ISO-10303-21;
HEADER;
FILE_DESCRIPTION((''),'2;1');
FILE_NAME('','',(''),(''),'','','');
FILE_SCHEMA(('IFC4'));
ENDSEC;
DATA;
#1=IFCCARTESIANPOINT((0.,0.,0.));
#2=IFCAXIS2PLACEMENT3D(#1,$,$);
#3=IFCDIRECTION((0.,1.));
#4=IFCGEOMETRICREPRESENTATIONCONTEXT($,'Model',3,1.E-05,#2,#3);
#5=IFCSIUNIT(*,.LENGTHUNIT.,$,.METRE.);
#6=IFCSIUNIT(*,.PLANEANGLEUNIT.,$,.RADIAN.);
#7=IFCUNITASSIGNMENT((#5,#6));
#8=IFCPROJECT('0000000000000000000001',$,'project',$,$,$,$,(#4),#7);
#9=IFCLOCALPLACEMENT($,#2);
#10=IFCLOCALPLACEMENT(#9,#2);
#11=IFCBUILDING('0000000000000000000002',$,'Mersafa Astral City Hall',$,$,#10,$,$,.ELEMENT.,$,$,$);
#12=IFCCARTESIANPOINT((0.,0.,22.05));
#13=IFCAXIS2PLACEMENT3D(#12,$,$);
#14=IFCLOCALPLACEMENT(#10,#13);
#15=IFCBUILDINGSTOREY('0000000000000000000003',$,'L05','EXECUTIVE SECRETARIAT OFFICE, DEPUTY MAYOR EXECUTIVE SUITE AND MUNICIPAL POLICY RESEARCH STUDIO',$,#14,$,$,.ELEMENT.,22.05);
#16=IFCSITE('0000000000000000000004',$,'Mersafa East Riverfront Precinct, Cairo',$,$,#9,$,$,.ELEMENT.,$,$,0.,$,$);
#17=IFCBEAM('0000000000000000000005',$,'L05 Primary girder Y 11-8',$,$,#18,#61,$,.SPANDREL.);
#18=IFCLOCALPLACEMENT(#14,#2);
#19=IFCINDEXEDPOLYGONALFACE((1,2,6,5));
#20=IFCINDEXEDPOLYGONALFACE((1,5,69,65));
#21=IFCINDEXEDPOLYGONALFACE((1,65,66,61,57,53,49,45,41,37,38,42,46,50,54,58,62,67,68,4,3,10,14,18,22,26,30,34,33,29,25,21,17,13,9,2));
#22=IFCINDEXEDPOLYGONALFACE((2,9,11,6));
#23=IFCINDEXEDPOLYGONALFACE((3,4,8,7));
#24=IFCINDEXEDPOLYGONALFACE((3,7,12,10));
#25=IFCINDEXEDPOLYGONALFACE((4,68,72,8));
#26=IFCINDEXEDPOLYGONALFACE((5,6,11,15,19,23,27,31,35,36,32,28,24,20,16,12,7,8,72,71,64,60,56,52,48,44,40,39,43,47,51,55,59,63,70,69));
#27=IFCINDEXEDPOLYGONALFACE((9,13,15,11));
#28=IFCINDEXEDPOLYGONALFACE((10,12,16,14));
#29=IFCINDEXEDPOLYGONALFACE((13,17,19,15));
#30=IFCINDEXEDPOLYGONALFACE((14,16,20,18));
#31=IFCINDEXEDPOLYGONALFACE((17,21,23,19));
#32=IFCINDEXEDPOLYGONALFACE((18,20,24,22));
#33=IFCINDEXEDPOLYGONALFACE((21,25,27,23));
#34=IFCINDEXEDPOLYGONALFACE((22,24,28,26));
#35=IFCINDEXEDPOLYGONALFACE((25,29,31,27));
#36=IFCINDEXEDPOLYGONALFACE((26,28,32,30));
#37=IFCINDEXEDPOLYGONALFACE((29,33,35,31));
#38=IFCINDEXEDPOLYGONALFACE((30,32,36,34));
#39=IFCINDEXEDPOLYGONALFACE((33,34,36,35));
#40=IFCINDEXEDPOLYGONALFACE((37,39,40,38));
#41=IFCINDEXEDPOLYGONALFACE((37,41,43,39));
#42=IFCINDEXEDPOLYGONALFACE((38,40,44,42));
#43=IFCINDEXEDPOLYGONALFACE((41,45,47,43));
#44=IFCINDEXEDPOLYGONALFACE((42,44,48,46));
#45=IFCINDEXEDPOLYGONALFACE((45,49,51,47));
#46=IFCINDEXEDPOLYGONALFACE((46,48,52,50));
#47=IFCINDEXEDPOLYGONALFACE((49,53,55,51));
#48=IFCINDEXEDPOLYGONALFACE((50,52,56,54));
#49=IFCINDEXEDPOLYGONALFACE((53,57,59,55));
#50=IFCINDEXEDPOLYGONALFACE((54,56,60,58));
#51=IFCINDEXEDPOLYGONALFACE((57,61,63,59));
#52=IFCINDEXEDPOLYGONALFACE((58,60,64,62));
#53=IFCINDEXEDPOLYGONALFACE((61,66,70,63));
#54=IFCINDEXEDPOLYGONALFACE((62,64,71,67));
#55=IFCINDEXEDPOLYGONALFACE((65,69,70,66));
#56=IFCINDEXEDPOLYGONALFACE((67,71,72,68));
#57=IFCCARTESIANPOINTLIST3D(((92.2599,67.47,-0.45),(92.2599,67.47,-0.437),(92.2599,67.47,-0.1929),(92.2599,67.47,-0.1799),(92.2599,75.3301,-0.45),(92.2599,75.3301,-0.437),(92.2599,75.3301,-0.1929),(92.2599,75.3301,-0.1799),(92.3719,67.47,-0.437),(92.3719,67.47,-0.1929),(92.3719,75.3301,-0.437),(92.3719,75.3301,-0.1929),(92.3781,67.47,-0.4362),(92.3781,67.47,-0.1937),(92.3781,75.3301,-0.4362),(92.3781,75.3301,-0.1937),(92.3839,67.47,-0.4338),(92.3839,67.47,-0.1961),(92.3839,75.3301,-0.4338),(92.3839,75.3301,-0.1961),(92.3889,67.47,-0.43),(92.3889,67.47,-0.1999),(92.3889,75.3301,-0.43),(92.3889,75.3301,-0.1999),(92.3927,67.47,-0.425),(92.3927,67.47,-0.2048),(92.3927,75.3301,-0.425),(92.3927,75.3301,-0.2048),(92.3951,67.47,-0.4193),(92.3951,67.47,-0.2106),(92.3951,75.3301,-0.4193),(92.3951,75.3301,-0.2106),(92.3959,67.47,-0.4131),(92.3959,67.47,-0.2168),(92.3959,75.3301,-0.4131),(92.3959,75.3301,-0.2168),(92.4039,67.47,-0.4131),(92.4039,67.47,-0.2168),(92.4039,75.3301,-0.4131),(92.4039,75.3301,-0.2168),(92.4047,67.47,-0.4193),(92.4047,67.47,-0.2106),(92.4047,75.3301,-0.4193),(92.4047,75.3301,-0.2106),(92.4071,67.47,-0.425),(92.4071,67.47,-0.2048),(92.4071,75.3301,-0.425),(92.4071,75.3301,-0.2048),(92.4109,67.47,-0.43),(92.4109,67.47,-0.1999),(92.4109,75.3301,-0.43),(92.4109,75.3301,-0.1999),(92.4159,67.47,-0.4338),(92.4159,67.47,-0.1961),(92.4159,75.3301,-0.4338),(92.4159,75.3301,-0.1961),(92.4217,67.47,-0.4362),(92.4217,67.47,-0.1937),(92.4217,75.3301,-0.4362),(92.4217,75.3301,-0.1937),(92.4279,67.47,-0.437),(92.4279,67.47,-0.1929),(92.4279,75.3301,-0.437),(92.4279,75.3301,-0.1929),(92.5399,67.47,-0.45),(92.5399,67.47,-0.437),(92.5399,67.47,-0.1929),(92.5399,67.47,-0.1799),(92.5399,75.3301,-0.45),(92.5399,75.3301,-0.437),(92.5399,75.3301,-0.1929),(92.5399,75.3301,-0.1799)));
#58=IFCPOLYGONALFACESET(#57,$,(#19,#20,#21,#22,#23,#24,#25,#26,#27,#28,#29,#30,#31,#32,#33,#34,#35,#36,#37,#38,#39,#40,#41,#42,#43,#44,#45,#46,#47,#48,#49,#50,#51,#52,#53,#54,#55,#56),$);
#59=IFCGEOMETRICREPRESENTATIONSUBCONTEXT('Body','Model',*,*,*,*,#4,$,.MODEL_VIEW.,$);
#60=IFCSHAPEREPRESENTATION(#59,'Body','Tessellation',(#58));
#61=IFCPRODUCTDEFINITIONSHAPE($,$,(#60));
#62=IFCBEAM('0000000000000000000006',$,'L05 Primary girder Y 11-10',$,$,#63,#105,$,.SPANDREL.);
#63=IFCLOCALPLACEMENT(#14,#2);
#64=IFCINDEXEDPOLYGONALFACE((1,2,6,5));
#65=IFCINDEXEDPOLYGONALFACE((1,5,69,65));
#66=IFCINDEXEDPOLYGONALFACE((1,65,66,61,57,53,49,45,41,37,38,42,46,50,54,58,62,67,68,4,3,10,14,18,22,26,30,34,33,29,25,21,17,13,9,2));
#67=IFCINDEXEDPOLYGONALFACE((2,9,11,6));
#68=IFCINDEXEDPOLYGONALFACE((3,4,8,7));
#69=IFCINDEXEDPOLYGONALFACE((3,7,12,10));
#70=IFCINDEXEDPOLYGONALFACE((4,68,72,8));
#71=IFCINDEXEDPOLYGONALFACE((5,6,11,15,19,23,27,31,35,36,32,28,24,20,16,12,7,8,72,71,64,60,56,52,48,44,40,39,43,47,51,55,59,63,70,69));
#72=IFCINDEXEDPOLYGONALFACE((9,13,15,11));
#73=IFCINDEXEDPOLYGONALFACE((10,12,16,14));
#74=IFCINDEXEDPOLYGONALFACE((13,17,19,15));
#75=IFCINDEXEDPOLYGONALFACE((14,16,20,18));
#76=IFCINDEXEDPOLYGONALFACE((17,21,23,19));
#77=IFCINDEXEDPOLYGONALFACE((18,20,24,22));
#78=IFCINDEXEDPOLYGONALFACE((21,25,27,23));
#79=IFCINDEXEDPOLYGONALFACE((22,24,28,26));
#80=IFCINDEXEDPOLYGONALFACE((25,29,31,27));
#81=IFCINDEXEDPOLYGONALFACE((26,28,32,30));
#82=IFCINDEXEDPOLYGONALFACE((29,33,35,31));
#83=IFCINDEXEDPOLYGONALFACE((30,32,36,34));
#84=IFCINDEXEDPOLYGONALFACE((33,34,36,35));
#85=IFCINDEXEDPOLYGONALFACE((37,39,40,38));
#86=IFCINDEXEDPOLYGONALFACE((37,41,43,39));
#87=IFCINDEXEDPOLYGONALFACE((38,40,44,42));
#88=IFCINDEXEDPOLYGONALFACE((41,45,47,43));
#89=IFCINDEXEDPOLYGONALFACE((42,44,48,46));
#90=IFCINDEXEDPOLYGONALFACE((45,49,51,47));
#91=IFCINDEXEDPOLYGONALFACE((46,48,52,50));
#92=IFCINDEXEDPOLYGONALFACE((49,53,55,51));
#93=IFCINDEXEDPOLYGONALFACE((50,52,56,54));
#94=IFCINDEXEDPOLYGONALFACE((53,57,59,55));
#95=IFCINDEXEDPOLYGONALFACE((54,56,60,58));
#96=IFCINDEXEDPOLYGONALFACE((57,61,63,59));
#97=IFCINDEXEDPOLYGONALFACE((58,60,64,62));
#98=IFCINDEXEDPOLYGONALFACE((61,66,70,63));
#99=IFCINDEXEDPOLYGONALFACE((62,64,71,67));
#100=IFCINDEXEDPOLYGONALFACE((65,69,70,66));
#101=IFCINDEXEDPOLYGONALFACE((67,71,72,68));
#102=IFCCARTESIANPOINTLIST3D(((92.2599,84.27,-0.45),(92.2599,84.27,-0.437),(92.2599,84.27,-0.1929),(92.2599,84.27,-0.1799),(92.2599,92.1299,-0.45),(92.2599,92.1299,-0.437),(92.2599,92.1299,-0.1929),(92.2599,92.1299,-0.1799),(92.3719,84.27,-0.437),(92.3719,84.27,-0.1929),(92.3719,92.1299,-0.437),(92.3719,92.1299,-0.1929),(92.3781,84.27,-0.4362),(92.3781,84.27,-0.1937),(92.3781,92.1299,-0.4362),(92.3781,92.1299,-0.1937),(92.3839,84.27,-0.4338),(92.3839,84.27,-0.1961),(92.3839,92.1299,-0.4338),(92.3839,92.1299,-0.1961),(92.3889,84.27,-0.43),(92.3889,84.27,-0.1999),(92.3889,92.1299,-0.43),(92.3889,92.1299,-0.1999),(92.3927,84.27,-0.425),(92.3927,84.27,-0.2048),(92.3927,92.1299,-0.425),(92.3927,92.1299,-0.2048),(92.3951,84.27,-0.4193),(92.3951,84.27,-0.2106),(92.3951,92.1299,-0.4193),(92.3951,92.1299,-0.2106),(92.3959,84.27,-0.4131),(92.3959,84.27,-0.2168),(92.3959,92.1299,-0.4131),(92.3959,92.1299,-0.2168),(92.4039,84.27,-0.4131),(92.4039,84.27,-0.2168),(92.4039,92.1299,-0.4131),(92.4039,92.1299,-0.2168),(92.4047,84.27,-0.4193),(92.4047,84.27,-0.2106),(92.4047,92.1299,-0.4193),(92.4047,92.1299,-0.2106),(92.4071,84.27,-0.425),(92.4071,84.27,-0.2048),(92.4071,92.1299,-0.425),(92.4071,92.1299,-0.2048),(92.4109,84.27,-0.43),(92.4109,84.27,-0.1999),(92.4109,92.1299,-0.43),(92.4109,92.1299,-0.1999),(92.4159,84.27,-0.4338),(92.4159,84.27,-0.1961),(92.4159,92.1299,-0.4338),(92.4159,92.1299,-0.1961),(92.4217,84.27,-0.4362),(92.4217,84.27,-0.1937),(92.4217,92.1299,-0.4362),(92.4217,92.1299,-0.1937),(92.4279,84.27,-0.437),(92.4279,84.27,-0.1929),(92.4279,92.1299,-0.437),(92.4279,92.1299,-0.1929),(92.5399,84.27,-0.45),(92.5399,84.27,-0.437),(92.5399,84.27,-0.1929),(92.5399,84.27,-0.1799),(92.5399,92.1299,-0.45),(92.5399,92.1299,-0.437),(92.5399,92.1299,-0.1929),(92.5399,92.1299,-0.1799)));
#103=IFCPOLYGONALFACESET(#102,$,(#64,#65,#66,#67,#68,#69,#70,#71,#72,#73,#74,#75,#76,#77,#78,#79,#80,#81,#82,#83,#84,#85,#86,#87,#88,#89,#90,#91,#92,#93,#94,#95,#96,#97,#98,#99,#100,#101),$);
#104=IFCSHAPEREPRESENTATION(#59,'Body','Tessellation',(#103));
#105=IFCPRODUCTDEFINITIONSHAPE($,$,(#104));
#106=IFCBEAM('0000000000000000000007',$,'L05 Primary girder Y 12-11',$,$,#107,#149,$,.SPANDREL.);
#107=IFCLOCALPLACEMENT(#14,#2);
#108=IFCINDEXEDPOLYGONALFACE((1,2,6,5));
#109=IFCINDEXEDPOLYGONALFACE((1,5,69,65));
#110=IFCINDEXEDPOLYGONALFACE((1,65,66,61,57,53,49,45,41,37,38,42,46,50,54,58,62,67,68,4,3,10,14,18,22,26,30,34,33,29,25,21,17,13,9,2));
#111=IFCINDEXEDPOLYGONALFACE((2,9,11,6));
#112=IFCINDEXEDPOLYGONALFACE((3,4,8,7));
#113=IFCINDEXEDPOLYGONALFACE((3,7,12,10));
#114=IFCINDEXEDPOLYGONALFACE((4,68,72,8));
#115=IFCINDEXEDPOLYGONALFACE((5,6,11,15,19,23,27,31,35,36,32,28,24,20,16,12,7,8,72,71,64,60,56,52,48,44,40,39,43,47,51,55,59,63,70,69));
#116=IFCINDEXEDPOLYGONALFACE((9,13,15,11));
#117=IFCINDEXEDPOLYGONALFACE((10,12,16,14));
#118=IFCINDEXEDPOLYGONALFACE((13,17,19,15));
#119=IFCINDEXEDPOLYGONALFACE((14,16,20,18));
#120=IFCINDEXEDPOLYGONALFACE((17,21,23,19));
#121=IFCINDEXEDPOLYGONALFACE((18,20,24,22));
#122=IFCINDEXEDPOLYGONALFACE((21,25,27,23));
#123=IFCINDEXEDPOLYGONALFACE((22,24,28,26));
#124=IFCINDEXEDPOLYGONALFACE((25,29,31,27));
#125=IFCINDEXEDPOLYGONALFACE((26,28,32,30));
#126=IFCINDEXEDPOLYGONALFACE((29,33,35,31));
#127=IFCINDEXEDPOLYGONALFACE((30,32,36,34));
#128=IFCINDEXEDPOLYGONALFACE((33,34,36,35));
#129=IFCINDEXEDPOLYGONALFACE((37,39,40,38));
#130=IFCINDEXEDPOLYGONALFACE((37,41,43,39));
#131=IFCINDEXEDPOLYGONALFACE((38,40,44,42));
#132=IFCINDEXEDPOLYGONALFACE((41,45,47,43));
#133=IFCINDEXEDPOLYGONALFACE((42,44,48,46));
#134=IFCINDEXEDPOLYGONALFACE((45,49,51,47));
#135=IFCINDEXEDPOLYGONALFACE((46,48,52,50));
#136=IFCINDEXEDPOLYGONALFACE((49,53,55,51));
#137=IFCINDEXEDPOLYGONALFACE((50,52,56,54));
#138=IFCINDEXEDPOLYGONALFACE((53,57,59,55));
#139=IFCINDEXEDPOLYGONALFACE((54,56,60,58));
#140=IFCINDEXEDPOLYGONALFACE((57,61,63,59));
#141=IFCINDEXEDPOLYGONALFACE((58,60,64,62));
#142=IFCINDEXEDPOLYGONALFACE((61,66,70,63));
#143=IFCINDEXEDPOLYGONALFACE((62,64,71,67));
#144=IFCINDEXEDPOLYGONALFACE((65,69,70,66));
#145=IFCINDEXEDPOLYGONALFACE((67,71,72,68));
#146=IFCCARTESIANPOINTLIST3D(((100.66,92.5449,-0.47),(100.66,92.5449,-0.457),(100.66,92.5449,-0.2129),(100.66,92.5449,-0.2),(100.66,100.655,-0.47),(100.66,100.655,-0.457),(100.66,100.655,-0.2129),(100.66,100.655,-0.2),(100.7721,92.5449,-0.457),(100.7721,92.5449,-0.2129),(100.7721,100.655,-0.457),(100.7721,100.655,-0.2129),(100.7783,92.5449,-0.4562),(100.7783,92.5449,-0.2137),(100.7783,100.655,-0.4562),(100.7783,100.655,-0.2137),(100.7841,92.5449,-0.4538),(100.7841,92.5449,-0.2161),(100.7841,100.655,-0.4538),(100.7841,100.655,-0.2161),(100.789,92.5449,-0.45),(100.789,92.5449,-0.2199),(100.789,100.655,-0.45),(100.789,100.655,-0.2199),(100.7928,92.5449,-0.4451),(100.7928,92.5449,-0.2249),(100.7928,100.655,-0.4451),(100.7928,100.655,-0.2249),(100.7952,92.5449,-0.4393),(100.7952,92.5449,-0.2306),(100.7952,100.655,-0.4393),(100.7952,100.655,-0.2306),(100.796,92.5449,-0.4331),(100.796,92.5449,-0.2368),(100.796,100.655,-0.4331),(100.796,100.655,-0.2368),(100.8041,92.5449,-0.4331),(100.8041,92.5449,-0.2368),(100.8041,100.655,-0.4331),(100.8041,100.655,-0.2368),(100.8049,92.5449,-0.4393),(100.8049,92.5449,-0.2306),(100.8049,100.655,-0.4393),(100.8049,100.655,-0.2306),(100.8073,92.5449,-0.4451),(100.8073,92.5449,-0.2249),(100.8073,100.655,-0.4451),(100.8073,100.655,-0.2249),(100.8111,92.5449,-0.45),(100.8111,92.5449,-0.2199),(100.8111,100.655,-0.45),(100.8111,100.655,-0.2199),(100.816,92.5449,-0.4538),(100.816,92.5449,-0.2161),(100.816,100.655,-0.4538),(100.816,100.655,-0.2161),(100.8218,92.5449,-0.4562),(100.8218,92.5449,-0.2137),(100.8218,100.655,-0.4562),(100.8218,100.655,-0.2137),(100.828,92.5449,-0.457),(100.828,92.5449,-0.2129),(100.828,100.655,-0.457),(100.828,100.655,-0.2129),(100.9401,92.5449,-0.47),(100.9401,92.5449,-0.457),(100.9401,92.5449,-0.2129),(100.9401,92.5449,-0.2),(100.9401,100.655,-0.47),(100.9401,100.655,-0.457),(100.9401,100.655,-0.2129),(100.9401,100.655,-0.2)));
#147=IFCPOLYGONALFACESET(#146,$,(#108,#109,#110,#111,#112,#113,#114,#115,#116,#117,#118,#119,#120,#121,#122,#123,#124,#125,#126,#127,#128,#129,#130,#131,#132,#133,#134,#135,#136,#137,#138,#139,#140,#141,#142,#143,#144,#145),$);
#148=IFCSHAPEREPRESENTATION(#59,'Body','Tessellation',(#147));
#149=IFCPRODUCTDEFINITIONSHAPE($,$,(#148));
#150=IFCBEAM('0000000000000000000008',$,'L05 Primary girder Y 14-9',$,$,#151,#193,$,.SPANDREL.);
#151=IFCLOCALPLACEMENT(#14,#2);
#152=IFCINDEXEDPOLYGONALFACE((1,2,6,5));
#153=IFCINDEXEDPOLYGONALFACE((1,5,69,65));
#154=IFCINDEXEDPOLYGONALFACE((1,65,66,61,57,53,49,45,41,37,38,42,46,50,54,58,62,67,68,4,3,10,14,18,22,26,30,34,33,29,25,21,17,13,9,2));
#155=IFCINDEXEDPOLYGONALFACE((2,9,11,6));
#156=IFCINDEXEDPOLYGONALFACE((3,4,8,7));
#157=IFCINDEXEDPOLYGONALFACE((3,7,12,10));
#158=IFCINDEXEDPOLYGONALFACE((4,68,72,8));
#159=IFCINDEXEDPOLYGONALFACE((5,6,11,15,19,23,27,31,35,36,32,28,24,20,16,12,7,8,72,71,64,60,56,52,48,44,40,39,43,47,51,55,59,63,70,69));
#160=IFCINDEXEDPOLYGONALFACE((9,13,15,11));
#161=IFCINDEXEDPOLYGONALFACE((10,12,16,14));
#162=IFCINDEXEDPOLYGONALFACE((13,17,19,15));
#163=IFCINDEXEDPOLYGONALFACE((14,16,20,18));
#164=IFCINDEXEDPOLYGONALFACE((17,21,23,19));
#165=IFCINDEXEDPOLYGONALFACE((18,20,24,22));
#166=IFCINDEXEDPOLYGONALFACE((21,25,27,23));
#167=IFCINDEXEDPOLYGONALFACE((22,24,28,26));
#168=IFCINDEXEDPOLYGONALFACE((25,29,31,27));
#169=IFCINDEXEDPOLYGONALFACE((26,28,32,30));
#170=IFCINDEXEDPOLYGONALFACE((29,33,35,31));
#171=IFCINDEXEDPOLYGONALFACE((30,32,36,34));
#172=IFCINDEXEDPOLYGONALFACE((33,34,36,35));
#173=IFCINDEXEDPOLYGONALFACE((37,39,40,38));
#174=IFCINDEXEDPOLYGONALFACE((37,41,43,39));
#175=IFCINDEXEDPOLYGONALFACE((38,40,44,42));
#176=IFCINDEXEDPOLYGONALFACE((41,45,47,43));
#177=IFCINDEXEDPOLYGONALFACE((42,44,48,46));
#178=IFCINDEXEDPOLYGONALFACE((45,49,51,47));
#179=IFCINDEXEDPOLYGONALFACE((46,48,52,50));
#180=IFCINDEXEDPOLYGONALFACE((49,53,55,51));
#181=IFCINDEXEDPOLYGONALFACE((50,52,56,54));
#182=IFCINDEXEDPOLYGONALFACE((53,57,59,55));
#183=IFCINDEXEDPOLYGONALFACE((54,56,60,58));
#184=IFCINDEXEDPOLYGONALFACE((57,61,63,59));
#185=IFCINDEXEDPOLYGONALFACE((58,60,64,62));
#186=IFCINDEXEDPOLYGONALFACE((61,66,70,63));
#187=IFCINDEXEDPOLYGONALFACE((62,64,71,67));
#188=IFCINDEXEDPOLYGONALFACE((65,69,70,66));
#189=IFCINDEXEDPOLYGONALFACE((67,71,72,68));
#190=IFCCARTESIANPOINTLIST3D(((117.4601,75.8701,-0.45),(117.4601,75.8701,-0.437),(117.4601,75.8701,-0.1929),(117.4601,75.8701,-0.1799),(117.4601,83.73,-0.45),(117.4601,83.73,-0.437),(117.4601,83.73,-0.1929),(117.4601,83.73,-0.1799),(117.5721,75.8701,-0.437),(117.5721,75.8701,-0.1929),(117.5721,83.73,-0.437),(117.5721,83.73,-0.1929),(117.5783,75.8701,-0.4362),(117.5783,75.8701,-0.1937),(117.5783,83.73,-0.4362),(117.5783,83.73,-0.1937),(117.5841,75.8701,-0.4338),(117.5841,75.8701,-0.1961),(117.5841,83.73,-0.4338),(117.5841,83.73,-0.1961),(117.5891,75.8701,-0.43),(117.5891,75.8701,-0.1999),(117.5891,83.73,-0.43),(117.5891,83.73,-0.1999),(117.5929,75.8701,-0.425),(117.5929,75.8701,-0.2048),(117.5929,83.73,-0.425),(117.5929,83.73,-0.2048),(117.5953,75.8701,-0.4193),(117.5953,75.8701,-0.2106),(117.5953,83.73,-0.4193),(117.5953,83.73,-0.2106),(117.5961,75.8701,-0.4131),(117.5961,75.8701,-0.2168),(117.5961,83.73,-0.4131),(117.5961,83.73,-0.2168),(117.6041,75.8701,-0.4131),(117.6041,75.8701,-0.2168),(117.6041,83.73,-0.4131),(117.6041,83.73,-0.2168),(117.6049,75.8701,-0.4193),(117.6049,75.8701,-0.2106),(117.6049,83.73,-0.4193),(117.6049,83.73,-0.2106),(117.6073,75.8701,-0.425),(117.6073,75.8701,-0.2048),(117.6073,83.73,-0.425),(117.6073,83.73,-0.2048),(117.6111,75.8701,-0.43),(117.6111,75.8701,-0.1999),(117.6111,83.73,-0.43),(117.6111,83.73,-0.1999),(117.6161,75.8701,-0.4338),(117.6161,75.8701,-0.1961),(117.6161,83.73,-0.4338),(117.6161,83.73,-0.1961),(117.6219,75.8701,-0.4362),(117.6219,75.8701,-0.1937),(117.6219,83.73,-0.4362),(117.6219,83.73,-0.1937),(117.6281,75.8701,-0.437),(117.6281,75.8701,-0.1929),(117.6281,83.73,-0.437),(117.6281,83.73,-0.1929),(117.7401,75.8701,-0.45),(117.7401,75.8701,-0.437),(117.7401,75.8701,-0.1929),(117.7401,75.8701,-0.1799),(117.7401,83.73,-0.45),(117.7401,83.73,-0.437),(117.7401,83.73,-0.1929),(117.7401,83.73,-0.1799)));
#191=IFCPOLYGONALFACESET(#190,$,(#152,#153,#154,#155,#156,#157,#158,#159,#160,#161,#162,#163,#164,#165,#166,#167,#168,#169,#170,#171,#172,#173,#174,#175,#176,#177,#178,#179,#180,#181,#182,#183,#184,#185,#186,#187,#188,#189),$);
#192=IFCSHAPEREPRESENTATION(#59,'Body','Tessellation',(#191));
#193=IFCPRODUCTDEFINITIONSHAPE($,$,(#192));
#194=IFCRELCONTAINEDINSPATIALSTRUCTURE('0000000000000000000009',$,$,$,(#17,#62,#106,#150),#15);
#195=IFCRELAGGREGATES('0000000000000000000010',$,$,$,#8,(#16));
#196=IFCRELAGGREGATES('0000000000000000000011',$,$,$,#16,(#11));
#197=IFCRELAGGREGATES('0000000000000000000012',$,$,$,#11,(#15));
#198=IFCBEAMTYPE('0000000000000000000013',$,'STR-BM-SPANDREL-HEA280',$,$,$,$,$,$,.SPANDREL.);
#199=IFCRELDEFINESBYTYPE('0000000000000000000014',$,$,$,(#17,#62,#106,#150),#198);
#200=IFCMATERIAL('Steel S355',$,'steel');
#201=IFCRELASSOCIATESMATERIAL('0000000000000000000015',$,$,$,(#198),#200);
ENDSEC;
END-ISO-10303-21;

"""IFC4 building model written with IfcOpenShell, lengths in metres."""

from ifc_helpers import new_model, si_unit, direction, frame, origin, origin_2d, place, context, subcontext, project, spatial, i_section, extrude, material, material_profile, profile_set, type_object, element, save


model = new_model("IFC4")

# Units and contexts
model_context = context("Model", 3, precision=1e-05, world=origin(), true_north=direction((0.0, 1.0)))
body_context = subcontext(model_context, "Body", "Model", "MODEL_VIEW")
ifc_project = project(units=[si_unit("LENGTHUNIT", "METRE"), si_unit("PLANEANGLEUNIT", "RADIAN")], contexts=[model_context])

# Site, building, storey
site_placement = place(None, origin())
site = spatial("IfcSite", under=ifc_project, at=site_placement, Name="Mersafa East Riverfront Precinct, Cairo", CompositionType="ELEMENT", RefElevation=0.0)
building_placement = place(site_placement, origin())
building = spatial("IfcBuilding", under=site, at=building_placement, Name="Mersafa Astral City Hall", CompositionType="ELEMENT")
storey_placement = place(building_placement, frame((0.0, 0.0, 22.05)))
storey = spatial("IfcBuildingStorey", under=building, at=storey_placement, Name="L05", Description="EXECUTIVE SECRETARIAT OFFICE, DEPUTY MAYOR EXECUTIVE SUITE AND MUNICIPAL POLICY RESEARCH STUDIO", CompositionType="ELEMENT", Elevation=22.05)

# Beams
ifc_material_1 = material(Name="Steel S355", Category="steel")
ifc_material_profile_1 = material_profile(ifc_material_1, i_section(OverallWidth=0.28, OverallDepth=0.27, WebThickness=0.0081, FlangeThickness=0.0129, FilletRadius=0.0239, at=origin_2d()), Name="HEA 280")
ifc_profile_set_1 = profile_set([ifc_material_profile_1], Name="Steel S355")
beam_type_1 = type_object("IfcBeamType", Name="STR-BM-SPANDREL-HEA280", PredefinedType="SPANDREL", material=ifc_profile_set_1)
beam_1_placement = place(storey_placement, frame((92.3999, 67.47, -0.3149), z_axis=(0.0, 1.0, 0.0), x_axis=(-1.0, 0.0, 0.0)))
element("IfcBeam", 1, at=beam_1_placement, inside=storey, type_object=beam_type_1, Name="L05 Primary girder Y 11-8", PredefinedType="SPANDREL", context=body_context, shape_type="SweptSolid", body=[
    extrude(i_section(OverallWidth=0.28, OverallDepth=0.27, WebThickness=0.0081, FlangeThickness=0.0129, FilletRadius=0.0239, at=origin_2d()), origin(), (0.0, 0.0, 1.0), 7.8601),
])
beam_2_placement = place(storey_placement, frame((92.3999, 84.27, -0.3149), z_axis=(0.0, 1.0, 0.0), x_axis=(-1.0, 0.0, 0.0)))
element("IfcBeam", 2, at=beam_2_placement, inside=storey, type_object=beam_type_1, Name="L05 Primary girder Y 11-10", PredefinedType="SPANDREL", context=body_context, shape_type="SweptSolid", body=[
    extrude(i_section(OverallWidth=0.28, OverallDepth=0.27, WebThickness=0.0081, FlangeThickness=0.0129, FilletRadius=0.0239, at=origin_2d()), origin(), (0.0, 0.0, 1.0), 7.8599),
])
beam_3_placement = place(storey_placement, frame((100.8, 92.5449, -0.335), z_axis=(0.0, 1.0, 0.0), x_axis=(-1.0, 0.0, 0.0)))
element("IfcBeam", 3, at=beam_3_placement, inside=storey, type_object=beam_type_1, Name="L05 Primary girder Y 12-11", PredefinedType="SPANDREL", context=body_context, shape_type="SweptSolid", body=[
    extrude(i_section(OverallWidth=0.28, OverallDepth=0.27, WebThickness=0.0081, FlangeThickness=0.0129, FilletRadius=0.0239, at=origin_2d()), origin(), (0.0, 0.0, 1.0), 8.1101),
])
beam_4_placement = place(storey_placement, frame((117.6001, 75.8701, -0.3149), z_axis=(0.0, 1.0, 0.0), x_axis=(-1.0, 0.0, 0.0)))
element("IfcBeam", 4, at=beam_4_placement, inside=storey, type_object=beam_type_1, Name="L05 Primary girder Y 14-9", PredefinedType="SPANDREL", context=body_context, shape_type="SweptSolid", body=[
    extrude(i_section(OverallWidth=0.28, OverallDepth=0.27, WebThickness=0.0081, FlangeThickness=0.0129, FilletRadius=0.0239, at=origin_2d()), origin(), (0.0, 0.0, 1.0), 7.8599),
])

save(model, "model.ifc")
